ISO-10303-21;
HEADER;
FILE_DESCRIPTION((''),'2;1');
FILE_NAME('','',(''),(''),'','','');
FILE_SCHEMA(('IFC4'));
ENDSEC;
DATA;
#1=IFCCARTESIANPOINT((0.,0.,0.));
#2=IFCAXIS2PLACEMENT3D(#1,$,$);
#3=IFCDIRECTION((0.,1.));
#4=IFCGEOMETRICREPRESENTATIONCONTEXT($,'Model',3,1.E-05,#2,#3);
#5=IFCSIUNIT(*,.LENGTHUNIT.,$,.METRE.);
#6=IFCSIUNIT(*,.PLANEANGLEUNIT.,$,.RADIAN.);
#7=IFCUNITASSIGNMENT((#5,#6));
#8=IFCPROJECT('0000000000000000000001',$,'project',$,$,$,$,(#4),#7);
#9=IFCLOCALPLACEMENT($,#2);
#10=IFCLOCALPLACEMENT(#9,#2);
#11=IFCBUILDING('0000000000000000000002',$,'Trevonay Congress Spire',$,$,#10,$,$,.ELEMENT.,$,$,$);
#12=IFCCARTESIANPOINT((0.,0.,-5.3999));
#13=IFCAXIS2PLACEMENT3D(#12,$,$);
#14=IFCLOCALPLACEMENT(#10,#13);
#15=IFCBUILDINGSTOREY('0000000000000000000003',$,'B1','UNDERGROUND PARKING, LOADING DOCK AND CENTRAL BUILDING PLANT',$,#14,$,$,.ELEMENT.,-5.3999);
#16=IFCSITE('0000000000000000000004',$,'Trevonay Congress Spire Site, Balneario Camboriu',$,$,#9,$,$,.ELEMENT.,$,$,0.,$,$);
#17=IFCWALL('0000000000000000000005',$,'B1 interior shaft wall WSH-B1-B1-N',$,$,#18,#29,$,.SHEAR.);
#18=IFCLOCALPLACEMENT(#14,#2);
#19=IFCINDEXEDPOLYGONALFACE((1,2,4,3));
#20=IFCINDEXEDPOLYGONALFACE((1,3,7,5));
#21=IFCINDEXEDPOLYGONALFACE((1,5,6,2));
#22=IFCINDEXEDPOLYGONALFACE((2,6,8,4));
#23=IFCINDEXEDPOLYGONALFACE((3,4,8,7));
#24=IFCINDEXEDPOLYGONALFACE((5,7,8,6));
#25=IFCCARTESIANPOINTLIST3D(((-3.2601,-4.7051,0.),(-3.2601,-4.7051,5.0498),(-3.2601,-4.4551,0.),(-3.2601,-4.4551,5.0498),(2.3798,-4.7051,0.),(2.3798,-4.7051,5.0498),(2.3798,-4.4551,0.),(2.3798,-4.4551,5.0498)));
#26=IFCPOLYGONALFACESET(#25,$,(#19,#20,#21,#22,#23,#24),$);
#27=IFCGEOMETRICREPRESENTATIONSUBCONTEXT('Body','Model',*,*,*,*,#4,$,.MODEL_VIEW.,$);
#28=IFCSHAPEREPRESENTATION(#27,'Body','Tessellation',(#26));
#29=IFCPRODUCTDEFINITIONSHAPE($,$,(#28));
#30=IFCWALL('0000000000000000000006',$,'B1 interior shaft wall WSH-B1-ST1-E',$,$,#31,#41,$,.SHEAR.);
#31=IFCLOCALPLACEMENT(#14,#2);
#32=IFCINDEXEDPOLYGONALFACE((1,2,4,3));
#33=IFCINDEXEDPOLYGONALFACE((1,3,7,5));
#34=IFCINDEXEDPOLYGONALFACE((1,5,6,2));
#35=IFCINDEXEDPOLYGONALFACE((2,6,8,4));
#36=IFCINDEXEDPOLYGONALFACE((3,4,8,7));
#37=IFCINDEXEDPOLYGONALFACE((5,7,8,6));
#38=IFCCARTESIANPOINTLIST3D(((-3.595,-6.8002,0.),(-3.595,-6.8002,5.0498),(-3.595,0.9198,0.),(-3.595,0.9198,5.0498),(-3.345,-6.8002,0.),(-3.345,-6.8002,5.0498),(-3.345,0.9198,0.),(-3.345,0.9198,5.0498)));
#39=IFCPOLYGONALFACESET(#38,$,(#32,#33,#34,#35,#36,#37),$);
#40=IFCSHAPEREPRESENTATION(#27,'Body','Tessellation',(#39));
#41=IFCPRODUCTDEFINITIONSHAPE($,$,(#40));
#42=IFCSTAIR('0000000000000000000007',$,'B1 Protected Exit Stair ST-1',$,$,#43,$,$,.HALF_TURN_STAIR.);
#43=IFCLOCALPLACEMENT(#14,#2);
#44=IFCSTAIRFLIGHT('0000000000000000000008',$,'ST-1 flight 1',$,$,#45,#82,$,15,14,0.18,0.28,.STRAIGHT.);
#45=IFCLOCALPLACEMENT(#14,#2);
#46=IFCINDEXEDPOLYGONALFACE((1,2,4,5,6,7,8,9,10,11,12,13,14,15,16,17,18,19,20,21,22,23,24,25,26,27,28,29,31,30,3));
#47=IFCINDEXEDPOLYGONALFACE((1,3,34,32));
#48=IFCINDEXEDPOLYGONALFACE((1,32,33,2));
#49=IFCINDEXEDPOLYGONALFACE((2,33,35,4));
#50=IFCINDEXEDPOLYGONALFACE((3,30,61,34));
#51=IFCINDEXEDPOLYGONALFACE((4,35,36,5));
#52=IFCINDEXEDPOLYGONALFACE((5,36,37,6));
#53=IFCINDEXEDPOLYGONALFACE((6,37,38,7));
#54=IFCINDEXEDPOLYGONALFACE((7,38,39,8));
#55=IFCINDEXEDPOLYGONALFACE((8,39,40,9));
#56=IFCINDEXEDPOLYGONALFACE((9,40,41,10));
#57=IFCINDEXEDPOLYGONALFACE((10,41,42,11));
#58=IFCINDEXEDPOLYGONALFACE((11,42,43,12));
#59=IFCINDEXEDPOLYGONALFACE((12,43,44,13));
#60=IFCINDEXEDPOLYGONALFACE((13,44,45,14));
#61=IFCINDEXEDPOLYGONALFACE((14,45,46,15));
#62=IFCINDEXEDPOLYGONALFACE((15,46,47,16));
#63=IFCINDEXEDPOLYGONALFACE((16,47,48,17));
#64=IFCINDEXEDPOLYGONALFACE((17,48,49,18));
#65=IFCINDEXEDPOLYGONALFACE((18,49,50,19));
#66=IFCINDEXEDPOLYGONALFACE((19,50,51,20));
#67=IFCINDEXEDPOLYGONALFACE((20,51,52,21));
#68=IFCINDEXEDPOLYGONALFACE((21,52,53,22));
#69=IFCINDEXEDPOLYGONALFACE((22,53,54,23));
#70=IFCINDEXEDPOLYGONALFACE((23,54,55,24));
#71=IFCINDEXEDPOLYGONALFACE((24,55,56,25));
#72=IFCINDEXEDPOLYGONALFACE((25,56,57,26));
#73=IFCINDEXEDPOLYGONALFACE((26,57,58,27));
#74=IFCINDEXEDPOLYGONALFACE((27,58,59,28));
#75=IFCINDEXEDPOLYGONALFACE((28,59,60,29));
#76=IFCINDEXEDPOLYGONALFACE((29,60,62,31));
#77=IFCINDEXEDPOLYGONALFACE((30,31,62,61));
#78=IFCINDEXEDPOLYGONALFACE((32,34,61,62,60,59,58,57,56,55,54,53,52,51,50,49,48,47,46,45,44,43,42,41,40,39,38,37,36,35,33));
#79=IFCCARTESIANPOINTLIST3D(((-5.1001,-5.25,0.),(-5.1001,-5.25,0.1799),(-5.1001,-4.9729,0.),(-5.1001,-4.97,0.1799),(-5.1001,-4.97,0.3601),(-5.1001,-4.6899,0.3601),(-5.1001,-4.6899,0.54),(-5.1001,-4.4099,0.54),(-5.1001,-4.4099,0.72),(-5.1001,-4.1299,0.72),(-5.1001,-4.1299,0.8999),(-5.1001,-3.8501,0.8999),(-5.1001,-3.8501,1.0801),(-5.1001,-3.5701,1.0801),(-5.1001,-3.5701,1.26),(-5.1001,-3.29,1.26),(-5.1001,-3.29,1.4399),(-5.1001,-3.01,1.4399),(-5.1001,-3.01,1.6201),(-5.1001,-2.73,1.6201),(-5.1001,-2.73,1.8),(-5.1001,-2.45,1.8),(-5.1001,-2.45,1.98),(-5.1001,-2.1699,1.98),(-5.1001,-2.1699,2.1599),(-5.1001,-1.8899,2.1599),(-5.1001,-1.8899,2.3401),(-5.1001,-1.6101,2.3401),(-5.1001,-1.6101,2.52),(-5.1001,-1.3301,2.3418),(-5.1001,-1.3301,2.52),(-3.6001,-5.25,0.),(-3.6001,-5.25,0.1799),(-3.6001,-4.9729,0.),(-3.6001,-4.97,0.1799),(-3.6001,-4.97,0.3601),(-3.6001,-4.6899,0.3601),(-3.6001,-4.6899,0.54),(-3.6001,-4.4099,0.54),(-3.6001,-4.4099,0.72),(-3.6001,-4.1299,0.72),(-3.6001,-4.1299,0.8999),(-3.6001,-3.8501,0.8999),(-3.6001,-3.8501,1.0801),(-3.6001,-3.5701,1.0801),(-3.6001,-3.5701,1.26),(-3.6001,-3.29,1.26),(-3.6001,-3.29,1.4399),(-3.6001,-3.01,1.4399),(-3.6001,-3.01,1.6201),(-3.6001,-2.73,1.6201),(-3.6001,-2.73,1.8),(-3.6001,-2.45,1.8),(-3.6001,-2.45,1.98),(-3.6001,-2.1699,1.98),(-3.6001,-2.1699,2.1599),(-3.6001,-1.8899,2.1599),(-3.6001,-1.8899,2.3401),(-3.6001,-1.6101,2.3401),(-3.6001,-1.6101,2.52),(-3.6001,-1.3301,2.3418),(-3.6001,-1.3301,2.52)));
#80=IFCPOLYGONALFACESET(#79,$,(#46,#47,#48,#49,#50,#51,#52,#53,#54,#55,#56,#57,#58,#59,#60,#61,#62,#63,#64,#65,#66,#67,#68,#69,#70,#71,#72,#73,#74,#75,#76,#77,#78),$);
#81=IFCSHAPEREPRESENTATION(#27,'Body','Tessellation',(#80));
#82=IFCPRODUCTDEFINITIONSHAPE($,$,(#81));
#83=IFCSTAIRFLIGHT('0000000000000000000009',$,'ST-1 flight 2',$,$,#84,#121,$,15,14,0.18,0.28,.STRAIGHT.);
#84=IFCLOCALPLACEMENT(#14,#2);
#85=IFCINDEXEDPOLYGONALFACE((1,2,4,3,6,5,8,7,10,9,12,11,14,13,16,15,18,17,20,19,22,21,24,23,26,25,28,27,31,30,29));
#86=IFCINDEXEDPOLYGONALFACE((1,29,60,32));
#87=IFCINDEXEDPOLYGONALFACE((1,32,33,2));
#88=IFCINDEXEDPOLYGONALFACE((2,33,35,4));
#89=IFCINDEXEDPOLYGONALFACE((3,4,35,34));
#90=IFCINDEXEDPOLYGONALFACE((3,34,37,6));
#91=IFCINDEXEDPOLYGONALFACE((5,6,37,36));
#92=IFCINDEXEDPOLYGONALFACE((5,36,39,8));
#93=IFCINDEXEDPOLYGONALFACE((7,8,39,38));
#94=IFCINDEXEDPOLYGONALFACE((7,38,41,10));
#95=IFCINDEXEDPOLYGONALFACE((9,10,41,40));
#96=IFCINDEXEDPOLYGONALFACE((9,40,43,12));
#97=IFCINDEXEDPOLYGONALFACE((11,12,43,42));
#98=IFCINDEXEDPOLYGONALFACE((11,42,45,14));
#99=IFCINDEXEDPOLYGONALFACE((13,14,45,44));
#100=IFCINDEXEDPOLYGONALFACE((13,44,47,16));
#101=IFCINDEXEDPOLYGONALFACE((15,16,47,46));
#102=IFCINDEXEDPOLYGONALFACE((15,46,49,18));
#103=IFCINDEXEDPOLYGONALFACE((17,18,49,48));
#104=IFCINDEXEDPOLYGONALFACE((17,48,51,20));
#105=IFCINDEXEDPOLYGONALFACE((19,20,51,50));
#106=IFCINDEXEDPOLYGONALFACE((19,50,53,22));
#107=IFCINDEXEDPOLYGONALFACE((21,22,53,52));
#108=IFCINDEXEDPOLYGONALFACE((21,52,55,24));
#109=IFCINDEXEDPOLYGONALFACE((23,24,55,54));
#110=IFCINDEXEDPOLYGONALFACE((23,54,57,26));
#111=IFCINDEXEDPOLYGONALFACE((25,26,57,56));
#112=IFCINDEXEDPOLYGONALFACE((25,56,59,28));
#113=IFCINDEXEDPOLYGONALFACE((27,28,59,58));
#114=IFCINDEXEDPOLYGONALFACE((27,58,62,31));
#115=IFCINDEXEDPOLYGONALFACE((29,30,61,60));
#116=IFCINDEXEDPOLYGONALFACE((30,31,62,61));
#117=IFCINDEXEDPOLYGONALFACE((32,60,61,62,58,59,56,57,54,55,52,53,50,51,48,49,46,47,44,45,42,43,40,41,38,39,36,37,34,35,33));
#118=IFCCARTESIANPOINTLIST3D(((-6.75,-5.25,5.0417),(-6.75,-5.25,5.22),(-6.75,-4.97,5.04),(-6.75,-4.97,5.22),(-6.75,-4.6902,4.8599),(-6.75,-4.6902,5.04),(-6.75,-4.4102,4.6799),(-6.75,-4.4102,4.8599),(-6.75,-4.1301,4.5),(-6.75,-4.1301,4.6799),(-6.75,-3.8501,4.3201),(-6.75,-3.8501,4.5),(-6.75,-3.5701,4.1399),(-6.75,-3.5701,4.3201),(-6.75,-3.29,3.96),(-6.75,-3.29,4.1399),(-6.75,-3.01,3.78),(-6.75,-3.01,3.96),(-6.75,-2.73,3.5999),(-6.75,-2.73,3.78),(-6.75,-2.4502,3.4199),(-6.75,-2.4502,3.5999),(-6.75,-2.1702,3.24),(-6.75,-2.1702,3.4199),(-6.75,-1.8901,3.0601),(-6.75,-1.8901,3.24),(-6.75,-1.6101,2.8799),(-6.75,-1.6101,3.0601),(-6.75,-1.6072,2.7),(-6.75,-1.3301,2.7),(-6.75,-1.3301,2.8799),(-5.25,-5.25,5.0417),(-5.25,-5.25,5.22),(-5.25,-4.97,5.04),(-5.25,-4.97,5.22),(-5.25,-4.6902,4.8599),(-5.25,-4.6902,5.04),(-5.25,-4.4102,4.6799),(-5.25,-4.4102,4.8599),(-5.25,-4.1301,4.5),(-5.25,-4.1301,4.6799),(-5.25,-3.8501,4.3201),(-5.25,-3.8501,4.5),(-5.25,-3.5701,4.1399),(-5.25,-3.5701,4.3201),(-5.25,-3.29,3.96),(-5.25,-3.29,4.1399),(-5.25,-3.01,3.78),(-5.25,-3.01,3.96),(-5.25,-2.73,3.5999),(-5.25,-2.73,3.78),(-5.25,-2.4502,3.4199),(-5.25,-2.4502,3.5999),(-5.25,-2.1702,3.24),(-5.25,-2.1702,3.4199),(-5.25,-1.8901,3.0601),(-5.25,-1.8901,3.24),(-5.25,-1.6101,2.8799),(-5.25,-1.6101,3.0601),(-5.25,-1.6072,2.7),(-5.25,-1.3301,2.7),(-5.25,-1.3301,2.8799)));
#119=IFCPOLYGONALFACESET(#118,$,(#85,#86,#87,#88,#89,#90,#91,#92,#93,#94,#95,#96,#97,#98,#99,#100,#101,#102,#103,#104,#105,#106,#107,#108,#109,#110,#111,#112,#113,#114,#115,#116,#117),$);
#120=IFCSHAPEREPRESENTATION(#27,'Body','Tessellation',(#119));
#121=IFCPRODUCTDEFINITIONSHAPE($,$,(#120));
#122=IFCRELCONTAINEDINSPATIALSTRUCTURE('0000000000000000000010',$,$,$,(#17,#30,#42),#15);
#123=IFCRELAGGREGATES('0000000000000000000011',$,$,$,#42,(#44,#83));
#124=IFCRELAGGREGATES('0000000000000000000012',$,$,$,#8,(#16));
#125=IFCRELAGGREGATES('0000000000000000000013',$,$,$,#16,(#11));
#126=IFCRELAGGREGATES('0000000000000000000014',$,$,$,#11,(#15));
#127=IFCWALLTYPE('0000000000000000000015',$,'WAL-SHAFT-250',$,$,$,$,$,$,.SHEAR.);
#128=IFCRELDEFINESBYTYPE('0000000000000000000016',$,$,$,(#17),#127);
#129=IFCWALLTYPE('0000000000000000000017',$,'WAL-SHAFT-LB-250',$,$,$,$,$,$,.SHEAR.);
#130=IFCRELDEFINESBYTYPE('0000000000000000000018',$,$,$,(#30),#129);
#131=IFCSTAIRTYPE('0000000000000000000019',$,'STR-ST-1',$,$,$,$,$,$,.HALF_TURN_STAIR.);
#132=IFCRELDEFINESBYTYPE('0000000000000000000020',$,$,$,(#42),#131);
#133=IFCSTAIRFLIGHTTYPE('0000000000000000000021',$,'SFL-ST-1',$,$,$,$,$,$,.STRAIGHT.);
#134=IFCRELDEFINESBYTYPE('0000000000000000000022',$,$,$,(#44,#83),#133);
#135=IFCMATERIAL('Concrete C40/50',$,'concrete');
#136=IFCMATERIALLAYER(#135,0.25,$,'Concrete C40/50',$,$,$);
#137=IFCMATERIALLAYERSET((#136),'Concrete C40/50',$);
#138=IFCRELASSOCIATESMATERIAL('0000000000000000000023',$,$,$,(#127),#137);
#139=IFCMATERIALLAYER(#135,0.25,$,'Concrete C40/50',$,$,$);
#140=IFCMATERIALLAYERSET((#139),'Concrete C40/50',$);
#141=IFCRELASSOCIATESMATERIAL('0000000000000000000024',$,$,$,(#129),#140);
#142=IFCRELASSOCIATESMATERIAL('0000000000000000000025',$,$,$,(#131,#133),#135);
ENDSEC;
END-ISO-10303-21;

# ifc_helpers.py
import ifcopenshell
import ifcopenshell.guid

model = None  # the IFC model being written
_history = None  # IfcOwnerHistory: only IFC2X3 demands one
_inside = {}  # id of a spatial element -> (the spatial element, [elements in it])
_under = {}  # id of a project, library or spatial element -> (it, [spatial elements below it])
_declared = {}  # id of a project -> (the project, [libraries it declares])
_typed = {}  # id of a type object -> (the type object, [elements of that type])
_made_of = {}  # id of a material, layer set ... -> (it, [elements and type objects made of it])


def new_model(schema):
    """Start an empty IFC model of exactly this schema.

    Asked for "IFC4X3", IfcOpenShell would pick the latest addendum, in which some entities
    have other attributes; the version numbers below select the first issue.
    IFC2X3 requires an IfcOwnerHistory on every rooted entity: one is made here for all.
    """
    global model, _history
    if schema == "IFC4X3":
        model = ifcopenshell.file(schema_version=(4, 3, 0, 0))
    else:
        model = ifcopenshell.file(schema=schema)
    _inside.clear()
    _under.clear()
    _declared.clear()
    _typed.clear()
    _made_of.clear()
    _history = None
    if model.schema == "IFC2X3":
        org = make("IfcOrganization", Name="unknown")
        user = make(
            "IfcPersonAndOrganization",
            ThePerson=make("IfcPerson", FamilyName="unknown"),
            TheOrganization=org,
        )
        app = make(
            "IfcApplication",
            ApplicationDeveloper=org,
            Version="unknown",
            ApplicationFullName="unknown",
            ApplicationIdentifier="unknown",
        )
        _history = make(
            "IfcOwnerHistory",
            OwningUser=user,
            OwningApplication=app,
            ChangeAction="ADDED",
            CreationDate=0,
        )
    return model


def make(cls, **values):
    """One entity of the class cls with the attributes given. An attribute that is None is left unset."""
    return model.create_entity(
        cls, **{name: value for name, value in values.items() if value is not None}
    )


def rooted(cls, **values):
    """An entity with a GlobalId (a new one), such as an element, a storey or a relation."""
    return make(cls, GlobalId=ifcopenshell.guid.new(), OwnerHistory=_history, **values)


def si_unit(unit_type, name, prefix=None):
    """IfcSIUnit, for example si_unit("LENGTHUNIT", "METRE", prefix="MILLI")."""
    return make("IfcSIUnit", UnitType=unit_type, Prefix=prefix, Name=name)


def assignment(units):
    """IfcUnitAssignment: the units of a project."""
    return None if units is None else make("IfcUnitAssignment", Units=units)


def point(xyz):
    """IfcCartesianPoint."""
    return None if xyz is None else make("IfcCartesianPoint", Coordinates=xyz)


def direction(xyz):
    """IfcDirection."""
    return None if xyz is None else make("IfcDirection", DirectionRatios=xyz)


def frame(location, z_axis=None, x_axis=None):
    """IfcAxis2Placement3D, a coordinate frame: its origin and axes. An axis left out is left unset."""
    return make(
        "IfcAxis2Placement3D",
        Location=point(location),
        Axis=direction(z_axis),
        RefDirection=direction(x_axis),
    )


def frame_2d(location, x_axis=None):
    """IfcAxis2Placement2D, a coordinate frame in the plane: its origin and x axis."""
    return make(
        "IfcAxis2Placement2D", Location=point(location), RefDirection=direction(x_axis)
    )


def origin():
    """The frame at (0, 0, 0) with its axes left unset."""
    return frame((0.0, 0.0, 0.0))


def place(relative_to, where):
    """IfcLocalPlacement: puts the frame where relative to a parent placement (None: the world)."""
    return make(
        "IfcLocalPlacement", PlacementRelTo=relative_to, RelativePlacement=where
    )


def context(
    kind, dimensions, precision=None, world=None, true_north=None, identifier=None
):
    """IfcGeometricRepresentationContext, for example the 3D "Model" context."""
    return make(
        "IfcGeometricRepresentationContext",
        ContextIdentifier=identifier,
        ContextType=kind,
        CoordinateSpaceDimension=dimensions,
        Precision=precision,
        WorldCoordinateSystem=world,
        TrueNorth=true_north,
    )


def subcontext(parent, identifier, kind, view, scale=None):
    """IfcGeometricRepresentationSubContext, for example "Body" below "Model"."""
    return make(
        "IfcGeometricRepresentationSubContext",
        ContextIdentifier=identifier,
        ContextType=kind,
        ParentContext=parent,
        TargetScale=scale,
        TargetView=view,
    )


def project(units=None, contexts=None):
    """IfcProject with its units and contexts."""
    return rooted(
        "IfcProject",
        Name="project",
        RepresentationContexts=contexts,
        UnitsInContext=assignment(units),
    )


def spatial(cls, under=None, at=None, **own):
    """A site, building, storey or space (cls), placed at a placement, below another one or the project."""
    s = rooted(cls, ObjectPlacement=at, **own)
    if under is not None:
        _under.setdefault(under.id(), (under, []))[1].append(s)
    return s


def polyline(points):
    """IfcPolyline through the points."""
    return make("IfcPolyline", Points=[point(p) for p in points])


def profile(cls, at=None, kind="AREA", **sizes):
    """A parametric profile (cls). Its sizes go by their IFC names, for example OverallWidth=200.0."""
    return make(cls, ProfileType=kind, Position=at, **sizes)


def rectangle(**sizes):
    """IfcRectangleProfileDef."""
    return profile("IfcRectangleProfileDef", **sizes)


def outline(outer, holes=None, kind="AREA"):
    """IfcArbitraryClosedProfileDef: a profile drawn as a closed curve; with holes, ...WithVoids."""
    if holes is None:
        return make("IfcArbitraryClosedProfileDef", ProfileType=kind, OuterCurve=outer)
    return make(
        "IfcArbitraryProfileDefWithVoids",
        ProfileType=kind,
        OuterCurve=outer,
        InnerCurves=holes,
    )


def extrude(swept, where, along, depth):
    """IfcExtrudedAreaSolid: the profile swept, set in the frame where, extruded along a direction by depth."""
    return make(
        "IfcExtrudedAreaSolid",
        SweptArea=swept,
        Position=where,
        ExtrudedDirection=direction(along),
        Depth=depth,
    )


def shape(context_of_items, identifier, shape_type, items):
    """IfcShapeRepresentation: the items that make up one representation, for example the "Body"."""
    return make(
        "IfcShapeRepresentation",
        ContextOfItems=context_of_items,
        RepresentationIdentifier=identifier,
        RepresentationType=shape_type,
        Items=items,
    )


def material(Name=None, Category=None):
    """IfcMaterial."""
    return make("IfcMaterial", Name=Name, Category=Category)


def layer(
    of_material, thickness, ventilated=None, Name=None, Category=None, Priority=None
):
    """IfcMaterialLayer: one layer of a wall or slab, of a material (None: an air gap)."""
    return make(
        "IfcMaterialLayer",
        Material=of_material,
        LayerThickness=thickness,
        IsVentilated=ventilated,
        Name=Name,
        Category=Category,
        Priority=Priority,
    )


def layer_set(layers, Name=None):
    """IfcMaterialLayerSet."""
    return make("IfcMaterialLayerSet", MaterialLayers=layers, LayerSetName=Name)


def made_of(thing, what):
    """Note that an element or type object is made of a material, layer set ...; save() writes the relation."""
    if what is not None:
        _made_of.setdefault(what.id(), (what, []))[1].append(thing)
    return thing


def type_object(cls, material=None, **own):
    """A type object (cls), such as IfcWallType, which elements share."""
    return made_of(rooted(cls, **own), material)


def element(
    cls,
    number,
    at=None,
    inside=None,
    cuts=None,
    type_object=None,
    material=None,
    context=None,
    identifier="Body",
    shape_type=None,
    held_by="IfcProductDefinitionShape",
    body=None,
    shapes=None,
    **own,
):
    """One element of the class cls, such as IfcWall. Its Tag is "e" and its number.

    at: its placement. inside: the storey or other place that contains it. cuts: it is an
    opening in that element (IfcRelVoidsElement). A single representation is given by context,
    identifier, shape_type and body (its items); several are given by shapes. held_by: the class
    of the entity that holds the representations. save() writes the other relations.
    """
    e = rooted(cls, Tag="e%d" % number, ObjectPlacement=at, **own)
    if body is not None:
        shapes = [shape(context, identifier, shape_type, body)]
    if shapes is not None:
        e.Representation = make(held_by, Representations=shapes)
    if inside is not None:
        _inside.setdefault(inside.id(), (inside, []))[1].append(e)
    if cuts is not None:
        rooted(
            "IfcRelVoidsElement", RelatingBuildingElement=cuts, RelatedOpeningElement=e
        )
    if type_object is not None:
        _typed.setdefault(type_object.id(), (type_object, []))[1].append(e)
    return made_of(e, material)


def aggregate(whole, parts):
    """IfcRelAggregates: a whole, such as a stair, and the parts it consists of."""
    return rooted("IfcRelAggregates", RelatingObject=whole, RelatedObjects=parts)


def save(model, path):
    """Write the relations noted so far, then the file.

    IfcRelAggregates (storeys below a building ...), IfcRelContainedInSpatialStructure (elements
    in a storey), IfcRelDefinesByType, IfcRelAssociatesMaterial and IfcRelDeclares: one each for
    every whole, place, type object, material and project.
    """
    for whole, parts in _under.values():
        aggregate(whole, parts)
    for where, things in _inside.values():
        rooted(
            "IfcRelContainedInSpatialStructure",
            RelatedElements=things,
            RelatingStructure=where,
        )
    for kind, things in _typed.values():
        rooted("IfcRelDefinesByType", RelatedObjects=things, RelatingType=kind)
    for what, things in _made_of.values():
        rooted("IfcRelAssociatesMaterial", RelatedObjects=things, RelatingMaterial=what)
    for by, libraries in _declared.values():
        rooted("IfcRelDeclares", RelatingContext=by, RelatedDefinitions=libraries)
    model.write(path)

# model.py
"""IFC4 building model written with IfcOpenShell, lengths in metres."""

from ifc_helpers import new_model, si_unit, direction, frame, frame_2d, origin, place, context, subcontext, project, spatial, polyline, rectangle, outline, extrude, material, layer, layer_set, type_object, element, aggregate, save


model = new_model("IFC4")

# Units and contexts
model_context = context("Model", 3, precision=1e-05, world=origin(), true_north=direction((0.0, 1.0)))
body_context = subcontext(model_context, "Body", "Model", "MODEL_VIEW")
ifc_project = project(units=[si_unit("LENGTHUNIT", "METRE"), si_unit("PLANEANGLEUNIT", "RADIAN")], contexts=[model_context])

# Site, building, storey
site_placement = place(None, origin())
site = spatial("IfcSite", under=ifc_project, at=site_placement, Name="Trevonay Congress Spire Site, Balneario Camboriu", CompositionType="ELEMENT", RefElevation=0.0)
building_placement = place(site_placement, origin())
building = spatial("IfcBuilding", under=site, at=building_placement, Name="Trevonay Congress Spire", CompositionType="ELEMENT")
storey_placement = place(building_placement, frame((0.0, 0.0, -5.3999)))
storey = spatial("IfcBuildingStorey", under=building, at=storey_placement, Name="B1", Description="UNDERGROUND PARKING, LOADING DOCK AND CENTRAL BUILDING PLANT", CompositionType="ELEMENT", Elevation=-5.3999)

# Walls
ifc_material_1 = material(Name="Concrete C40/50", Category="concrete")
ifc_layer_1 = layer(ifc_material_1, 0.25, Name="Concrete C40/50")
ifc_layer_set_1 = layer_set([ifc_layer_1], Name="Concrete C40/50")
wall_type_1 = type_object("IfcWallType", Name="WAL-SHAFT-250", PredefinedType="SHEAR", material=ifc_layer_set_1)
wall_1_placement = place(storey_placement, frame((-3.26, -4.5801, 0.0), z_axis=(0.0, 0.0, 1.0), x_axis=(1.0, 0.0, 0.0)))
element("IfcWall", 1, at=wall_1_placement, inside=storey, type_object=wall_type_1, Name="B1 interior shaft wall WSH-B1-B1-N", PredefinedType="SHEAR", context=body_context, shape_type="SweptSolid", body=[
    extrude(rectangle(XDim=5.6399, YDim=0.25, at=frame_2d((2.8198, 0.0))), origin(), (0.0, 0.0, 1.0), 5.0498),
])
ifc_layer_2 = layer(ifc_material_1, 0.25, Name="Concrete C40/50")
ifc_layer_set_2 = layer_set([ifc_layer_2], Name="Concrete C40/50")
wall_type_2 = type_object("IfcWallType", Name="WAL-SHAFT-LB-250", PredefinedType="SHEAR", material=ifc_layer_set_2)
wall_2_placement = place(storey_placement, frame((-3.47, -6.8, 0.0), z_axis=(0.0, 0.0, 1.0), x_axis=(0.0, 1.0, 0.0)))
element("IfcWall", 2, at=wall_2_placement, inside=storey, type_object=wall_type_2, Name="B1 interior shaft wall WSH-B1-ST1-E", PredefinedType="SHEAR", context=body_context, shape_type="SweptSolid", body=[
    extrude(rectangle(XDim=7.72, YDim=0.25, at=frame_2d((3.8599, 0.0))), origin(), (0.0, 0.0, 1.0), 5.0498),
])

# Stair, stair flights
stair_type = type_object("IfcStairType", Name="STR-ST-1", PredefinedType="HALF_TURN_STAIR", material=ifc_material_1)
stair_placement = place(storey_placement, origin())
stair = element("IfcStair", 3, at=stair_placement, inside=storey, type_object=stair_type, Name="B1 Protected Exit Stair ST-1", PredefinedType="HALF_TURN_STAIR")
stair_flight_type = type_object("IfcStairFlightType", Name="SFL-ST-1", PredefinedType="STRAIGHT", material=ifc_material_1)
stair_flight_1_placement = place(storey_placement, frame((-4.3501, -5.25, 0.0), z_axis=(0.0, 0.0, 1.0), x_axis=(0.0, 1.0, 0.0)))
stair_flight_1 = element("IfcStairFlight", 4, at=stair_flight_1_placement, type_object=stair_flight_type, Name="ST-1 flight 1", NumberOfRisers=15, NumberOfTreads=14, PredefinedType="STRAIGHT", RiserHeight=0.18, TreadLength=0.28, context=body_context, shape_type="SweptSolid", body=[
    extrude(outline(polyline([(0.0, 0.0), (0.0, 0.1799), (0.28, 0.1799), (0.28, 0.3601), (0.5601, 0.3601), (0.5601, 0.54), (0.8401, 0.54), (0.8401, 0.72), (1.1201, 0.72), (1.1201, 0.8999), (1.3999, 0.8999), (1.3999, 1.0801), (1.6799, 1.0801), (1.6799, 1.26), (1.96, 1.26), (1.96, 1.4399), (2.24, 1.4399), (2.24, 1.6201), (2.52, 1.6201), (2.52, 1.8), (2.8, 1.8), (2.8, 1.98), (3.0801, 1.98), (3.0801, 2.1599), (3.3601, 2.1599), (3.3601, 2.3401), (3.6399, 2.3401), (3.6399, 2.52), (3.9199, 2.52), (3.9199, 2.7), (3.9199, 2.3418), (0.2771, 0.0), (0.0, 0.0)])), frame((0.0, 0.75, 0.0), z_axis=(0.0, -1.0, 0.0), x_axis=(1.0, 0.0, 0.0)), (0.0, 0.0, 1.0), 1.5),
])
stair_flight_2_placement = place(storey_placement, frame((-6.0, -1.3301, 2.7), z_axis=(0.0, 0.0, 1.0), x_axis=(0.0, -1.0, 0.0)))
stair_flight_2 = element("IfcStairFlight", 5, at=stair_flight_2_placement, type_object=stair_flight_type, Name="ST-1 flight 2", NumberOfRisers=15, NumberOfTreads=14, PredefinedType="STRAIGHT", RiserHeight=0.18, TreadLength=0.28, context=body_context, shape_type="SweptSolid", body=[
    extrude(outline(polyline([(0.0, 0.0), (0.0, 0.1799), (0.28, 0.1799), (0.28, 0.3601), (0.5601, 0.3601), (0.5601, 0.54), (0.8401, 0.54), (0.8401, 0.72), (1.1201, 0.72), (1.1201, 0.8999), (1.3999, 0.8999), (1.3999, 1.0801), (1.6799, 1.0801), (1.6799, 1.26), (1.96, 1.26), (1.96, 1.4399), (2.24, 1.4399), (2.24, 1.6201), (2.52, 1.6201), (2.52, 1.8), (2.8, 1.8), (2.8, 1.98), (3.0801, 1.98), (3.0801, 2.1599), (3.3601, 2.1599), (3.3601, 2.3401), (3.6399, 2.3401), (3.6399, 2.52), (3.9199, 2.52), (3.9199, 2.7), (3.9199, 2.3418), (0.2771, 0.0), (0.0, 0.0)])), frame((0.0, 0.75, 0.0), z_axis=(0.0, -1.0, 0.0), x_axis=(1.0, 0.0, 0.0)), (0.0, 0.0, 1.0), 1.5),
])
aggregate(stair, [stair_flight_1, stair_flight_2])

save(model, "model.ifc")
